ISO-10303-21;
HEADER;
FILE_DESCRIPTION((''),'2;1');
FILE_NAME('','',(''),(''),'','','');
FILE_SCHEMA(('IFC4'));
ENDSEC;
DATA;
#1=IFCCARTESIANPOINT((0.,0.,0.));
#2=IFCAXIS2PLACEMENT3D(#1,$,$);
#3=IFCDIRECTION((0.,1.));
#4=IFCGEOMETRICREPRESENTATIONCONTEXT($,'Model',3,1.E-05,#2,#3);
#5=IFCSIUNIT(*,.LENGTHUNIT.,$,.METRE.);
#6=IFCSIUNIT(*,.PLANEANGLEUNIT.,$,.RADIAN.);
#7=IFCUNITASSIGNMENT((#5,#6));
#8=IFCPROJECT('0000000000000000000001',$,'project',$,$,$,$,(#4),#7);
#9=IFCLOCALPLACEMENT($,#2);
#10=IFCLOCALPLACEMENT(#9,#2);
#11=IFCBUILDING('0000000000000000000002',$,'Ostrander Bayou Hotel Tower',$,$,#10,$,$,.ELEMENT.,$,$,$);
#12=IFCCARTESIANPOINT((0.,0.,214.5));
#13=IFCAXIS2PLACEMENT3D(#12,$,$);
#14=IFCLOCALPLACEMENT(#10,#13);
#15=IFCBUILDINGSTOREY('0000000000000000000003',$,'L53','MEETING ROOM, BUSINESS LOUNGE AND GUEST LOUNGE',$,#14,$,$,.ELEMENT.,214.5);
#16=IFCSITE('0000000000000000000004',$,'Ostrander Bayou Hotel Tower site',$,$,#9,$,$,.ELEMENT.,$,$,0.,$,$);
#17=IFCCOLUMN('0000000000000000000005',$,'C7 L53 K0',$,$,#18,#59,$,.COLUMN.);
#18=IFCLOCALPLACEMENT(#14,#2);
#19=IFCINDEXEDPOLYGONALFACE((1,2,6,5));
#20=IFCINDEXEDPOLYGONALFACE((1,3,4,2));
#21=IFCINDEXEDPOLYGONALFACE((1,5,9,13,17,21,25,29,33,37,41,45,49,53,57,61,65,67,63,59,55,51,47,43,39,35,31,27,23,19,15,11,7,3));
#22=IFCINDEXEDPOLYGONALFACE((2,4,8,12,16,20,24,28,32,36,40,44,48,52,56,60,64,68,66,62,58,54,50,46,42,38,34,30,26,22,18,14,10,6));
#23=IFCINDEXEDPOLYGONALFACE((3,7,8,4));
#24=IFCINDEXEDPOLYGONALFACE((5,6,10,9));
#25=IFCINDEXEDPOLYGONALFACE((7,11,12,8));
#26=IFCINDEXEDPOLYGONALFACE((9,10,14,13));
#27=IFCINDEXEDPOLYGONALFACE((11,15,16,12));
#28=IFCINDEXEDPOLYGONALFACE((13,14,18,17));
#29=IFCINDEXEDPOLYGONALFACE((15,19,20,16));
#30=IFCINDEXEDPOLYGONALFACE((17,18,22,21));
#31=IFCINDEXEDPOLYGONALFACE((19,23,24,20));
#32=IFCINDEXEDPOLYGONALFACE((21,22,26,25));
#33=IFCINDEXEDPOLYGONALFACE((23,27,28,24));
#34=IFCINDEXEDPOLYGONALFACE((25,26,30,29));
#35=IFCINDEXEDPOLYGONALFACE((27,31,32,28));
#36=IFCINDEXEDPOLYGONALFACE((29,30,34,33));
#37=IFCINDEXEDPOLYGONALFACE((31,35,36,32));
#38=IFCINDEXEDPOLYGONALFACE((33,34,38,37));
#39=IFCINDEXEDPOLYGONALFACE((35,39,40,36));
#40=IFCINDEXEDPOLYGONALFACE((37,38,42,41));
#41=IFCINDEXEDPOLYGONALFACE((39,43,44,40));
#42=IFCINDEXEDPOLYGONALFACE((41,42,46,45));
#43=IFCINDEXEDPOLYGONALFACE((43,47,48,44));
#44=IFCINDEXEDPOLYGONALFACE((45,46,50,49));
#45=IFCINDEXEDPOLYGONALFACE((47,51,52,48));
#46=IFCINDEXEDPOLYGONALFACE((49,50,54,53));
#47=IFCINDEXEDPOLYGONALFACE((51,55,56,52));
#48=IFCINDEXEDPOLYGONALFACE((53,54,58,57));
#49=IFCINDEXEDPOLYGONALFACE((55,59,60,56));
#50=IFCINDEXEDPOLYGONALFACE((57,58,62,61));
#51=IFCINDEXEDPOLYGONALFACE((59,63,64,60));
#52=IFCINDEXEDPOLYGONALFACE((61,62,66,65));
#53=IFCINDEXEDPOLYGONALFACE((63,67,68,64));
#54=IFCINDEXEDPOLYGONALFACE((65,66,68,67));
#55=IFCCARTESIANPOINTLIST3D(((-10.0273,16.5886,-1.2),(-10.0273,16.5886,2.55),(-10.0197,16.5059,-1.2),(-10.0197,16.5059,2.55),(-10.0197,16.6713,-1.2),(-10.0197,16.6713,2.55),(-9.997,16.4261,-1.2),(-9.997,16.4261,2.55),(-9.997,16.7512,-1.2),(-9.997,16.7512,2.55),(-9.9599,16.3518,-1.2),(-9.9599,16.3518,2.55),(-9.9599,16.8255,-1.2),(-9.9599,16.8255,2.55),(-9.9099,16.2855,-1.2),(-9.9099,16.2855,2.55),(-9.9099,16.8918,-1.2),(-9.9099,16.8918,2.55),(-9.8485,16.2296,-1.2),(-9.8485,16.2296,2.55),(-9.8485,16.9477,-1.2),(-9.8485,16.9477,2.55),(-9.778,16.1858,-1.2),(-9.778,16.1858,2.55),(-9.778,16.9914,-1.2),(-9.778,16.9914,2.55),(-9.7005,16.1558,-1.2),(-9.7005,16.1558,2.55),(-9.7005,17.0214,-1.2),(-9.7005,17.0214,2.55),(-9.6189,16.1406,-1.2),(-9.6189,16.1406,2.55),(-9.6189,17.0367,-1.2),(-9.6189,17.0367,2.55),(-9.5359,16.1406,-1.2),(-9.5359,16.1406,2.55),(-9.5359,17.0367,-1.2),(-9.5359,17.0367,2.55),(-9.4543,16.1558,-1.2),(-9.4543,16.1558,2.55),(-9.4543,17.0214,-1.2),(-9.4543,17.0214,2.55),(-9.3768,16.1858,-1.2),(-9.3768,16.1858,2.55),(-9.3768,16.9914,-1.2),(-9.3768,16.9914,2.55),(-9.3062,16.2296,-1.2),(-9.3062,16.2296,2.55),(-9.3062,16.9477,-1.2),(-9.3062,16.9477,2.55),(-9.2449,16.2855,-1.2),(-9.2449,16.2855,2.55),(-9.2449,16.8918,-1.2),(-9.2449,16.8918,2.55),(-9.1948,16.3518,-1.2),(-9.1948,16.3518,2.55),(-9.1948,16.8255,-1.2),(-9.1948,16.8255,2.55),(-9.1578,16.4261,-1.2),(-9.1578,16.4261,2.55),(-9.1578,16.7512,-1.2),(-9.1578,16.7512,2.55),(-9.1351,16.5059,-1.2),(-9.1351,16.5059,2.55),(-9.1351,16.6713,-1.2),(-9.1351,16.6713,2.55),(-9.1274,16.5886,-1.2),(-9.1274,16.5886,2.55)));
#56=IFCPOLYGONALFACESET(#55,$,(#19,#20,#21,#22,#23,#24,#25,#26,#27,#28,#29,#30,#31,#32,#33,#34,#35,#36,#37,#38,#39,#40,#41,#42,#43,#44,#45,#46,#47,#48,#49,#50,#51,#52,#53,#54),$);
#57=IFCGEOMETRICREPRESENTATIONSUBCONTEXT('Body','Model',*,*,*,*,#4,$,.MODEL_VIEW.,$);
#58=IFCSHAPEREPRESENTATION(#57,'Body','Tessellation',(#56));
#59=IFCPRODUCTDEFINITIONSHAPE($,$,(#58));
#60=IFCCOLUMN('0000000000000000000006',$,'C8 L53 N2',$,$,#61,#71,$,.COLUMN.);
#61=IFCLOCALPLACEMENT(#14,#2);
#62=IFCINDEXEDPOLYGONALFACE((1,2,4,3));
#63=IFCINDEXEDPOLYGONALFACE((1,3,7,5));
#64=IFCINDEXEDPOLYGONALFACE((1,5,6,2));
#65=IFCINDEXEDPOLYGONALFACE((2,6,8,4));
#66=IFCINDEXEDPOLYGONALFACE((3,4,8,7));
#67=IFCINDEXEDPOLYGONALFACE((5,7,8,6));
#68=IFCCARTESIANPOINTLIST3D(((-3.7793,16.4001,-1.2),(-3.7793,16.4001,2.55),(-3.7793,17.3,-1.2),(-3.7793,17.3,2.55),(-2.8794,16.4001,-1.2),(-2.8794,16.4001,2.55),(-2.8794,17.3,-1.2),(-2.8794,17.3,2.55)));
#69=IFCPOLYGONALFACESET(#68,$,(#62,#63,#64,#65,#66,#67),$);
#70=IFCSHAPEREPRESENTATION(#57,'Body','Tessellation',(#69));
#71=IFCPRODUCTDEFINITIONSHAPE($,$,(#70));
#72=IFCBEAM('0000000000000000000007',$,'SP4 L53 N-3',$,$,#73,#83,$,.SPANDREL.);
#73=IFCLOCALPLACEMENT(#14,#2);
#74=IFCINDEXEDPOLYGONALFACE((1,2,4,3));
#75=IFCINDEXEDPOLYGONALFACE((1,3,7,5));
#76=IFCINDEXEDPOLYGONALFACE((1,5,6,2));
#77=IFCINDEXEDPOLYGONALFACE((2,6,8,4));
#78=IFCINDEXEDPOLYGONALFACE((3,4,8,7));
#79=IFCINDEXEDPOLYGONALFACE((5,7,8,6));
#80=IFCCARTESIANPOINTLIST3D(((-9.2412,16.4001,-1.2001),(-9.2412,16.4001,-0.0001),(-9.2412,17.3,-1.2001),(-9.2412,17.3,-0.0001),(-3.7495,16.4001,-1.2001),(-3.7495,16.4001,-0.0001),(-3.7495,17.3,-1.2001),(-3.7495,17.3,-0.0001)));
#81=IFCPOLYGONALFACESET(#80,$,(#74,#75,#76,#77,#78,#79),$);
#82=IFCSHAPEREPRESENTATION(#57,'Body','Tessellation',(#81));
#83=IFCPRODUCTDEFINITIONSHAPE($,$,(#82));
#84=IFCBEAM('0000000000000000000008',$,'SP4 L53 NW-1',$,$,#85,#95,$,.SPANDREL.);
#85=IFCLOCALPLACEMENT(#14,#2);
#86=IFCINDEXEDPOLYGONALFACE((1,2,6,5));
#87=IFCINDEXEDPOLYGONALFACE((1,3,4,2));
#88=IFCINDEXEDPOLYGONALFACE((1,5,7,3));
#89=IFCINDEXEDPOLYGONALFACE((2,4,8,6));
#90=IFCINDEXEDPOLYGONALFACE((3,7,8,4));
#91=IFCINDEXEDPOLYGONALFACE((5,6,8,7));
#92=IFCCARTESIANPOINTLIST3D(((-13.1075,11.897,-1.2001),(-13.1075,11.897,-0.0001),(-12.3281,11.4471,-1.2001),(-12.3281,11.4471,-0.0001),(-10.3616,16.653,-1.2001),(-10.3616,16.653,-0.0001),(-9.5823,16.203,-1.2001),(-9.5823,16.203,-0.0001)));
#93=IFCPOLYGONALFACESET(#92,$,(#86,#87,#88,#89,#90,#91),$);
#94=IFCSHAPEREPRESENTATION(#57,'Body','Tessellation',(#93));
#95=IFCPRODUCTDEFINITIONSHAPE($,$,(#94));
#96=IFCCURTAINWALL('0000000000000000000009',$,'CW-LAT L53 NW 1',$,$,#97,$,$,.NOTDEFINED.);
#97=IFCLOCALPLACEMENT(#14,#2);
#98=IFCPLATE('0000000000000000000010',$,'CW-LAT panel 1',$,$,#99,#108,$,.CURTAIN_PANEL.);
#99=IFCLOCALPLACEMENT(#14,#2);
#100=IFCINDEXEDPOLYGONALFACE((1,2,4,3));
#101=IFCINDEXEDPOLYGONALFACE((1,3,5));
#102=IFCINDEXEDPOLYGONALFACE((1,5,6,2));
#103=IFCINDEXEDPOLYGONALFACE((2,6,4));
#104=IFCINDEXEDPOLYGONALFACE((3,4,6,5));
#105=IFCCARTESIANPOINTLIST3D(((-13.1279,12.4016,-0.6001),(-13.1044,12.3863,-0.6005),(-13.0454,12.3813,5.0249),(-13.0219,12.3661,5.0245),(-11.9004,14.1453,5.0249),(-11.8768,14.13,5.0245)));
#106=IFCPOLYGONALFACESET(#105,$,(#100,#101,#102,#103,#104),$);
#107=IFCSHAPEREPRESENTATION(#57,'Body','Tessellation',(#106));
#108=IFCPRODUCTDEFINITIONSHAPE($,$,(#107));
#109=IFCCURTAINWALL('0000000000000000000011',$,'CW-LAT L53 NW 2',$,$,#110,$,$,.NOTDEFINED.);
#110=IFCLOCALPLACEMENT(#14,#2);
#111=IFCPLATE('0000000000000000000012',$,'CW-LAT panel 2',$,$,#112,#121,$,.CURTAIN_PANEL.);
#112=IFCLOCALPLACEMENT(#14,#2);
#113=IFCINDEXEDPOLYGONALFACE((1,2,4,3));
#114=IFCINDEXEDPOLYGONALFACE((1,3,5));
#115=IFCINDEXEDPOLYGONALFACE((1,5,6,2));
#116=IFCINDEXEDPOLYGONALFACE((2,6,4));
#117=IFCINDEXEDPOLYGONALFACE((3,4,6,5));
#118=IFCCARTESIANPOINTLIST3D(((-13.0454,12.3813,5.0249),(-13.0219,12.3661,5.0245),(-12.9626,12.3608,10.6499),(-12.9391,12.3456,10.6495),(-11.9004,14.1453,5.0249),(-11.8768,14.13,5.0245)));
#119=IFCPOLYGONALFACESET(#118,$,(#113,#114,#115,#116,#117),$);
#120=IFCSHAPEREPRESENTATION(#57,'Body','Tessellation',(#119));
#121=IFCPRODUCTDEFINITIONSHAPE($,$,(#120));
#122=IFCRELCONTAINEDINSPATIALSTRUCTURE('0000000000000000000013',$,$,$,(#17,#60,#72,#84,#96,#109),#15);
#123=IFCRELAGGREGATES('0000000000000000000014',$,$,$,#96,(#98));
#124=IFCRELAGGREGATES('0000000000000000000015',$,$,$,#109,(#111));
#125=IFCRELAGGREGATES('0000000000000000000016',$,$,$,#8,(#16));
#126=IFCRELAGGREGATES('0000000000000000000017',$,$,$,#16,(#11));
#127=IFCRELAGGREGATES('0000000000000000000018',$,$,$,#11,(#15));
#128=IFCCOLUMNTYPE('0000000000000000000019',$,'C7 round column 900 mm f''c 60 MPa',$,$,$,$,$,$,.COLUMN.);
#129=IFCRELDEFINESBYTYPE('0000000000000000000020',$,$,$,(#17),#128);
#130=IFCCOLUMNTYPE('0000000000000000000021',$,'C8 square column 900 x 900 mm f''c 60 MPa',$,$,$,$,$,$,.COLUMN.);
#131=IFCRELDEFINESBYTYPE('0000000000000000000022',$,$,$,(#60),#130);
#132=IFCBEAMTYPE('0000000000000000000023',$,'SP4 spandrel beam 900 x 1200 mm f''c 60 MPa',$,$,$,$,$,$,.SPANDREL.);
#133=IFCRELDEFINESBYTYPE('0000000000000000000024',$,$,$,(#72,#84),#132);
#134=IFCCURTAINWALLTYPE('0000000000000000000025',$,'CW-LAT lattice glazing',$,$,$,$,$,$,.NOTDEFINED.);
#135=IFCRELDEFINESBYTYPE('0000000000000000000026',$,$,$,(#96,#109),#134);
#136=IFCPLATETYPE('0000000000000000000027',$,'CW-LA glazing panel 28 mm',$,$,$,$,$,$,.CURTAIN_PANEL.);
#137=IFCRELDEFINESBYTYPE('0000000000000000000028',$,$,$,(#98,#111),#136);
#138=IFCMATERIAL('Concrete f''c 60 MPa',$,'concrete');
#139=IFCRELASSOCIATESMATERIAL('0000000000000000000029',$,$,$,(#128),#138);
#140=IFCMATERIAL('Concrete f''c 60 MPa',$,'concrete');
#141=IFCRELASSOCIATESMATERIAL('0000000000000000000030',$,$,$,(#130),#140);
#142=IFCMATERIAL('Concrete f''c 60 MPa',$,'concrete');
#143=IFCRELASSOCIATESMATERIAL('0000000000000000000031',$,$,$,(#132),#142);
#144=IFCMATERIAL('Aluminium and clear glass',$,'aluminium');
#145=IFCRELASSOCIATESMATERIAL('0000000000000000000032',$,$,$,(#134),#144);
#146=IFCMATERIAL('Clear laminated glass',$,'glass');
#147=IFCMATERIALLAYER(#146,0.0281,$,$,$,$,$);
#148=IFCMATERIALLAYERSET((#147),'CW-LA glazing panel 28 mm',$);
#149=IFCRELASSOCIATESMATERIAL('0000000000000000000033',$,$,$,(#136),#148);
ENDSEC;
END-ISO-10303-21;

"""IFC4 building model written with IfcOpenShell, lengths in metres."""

from ifc_helpers import new_model, si_unit, direction, frame, origin, origin_2d, place, context, subcontext, project, spatial, polyline, rectangle, circle, outline, extrude, material, layer, layer_set, material_profile, profile_set, type_object, element, aggregate, save


model = new_model("IFC4")

# Units and contexts
model_context = context("Model", 3, precision=1e-05, world=origin(), true_north=direction((0.0, 1.0)))
body_context = subcontext(model_context, "Body", "Model", "MODEL_VIEW")
ifc_project = project(units=[si_unit("LENGTHUNIT", "METRE"), si_unit("PLANEANGLEUNIT", "RADIAN")], contexts=[model_context])

# Site, building, storey
site_placement = place(None, origin())
site = spatial("IfcSite", under=ifc_project, at=site_placement, Name="Ostrander Bayou Hotel Tower site", CompositionType="ELEMENT", RefElevation=0.0)
building_placement = place(site_placement, origin())
building = spatial("IfcBuilding", under=site, at=building_placement, Name="Ostrander Bayou Hotel Tower", CompositionType="ELEMENT")
storey_placement = place(building_placement, frame((0.0, 0.0, 214.5)))
storey = spatial("IfcBuildingStorey", under=building, at=storey_placement, Name="L53", Description="MEETING ROOM, BUSINESS LOUNGE AND GUEST LOUNGE", CompositionType="ELEMENT", Elevation=214.5)

# Columns
ifc_material_1 = material(Name="Concrete f'c 60 MPa", Category="concrete")
ifc_material_profile_1 = material_profile(ifc_material_1, circle(Radius=0.45, at=origin_2d()))
ifc_profile_set_1 = profile_set([ifc_material_profile_1], Name="Concrete f'c 60 MPa")
column_type_1 = type_object("IfcColumnType", Name="C7 round column 900 mm f'c 60 MPa", PredefinedType="COLUMN", material=ifc_profile_set_1)
column_1_placement = place(storey_placement, frame((-9.5774, 16.5886, -1.2), z_axis=(0.0, 0.0, 1.0), x_axis=(1.0, 0.0, 0.0)))
element("IfcColumn", 1, at=column_1_placement, inside=storey, type_object=column_type_1, Name="C7 L53 K0", PredefinedType="COLUMN", context=body_context, shape_type="SweptSolid", body=[
    extrude(circle(Radius=0.45, at=origin_2d()), origin(), (0.0, 0.0, 1.0), 3.75),
])
ifc_material_2 = material(Name="Concrete f'c 60 MPa", Category="concrete")
ifc_material_profile_2 = material_profile(ifc_material_2, rectangle(XDim=0.8999, YDim=0.8999, at=origin_2d()))
ifc_profile_set_2 = profile_set([ifc_material_profile_2], Name="Concrete f'c 60 MPa")
column_type_2 = type_object("IfcColumnType", Name="C8 square column 900 x 900 mm f'c 60 MPa", PredefinedType="COLUMN", material=ifc_profile_set_2)
column_2_placement = place(storey_placement, frame((-3.3293, 16.8501, -1.2), z_axis=(0.0, 0.0, 1.0), x_axis=(1.0, 0.0, 0.0)))
element("IfcColumn", 2, at=column_2_placement, inside=storey, type_object=column_type_2, Name="C8 L53 N2", PredefinedType="COLUMN", context=body_context, shape_type="SweptSolid", body=[
    extrude(rectangle(XDim=0.8999, YDim=0.8999, at=origin_2d()), origin(), (0.0, 0.0, 1.0), 3.75),
])

# Beams
ifc_material_3 = material(Name="Concrete f'c 60 MPa", Category="concrete")
ifc_material_profile_3 = material_profile(ifc_material_3, rectangle(XDim=0.8999, YDim=1.2, at=origin_2d()))
ifc_profile_set_3 = profile_set([ifc_material_profile_3], Name="Concrete f'c 60 MPa")
beam_type = type_object("IfcBeamType", Name="SP4 spandrel beam 900 x 1200 mm f'c 60 MPa", PredefinedType="SPANDREL", material=ifc_profile_set_3)
for number, where, z_axis, x_axis, name in (
    (3, (-3.7495, 16.8501, -0.6001), (-1.0, 0.0, 0.0), (0.0, -1.0, 0.0), "SP4 L53 N-3"),
    (4, (-9.9719, 16.428, -0.6001), (-0.500007, -0.866021, 0.0), (0.866021, -0.500007, 0.0), "SP4 L53 NW-1"),
):
    element("IfcBeam", number, at=place(storey_placement, frame(where, z_axis=z_axis, x_axis=x_axis)), inside=storey, type_object=beam_type, Name=name, PredefinedType="SPANDREL", context=body_context, shape_type="SweptSolid", body=[
        extrude(rectangle(XDim=0.8999, YDim=1.2, at=origin_2d()), origin(), (0.0, 0.0, 1.0), 5.4917),
    ])

# Curtain walls, plates
ifc_material_4 = material(Name="Aluminium and clear glass", Category="aluminium")
curtain_wall_type = type_object("IfcCurtainWallType", Name="CW-LAT lattice glazing", PredefinedType="NOTDEFINED", material=ifc_material_4)
curtain_wall_1_placement = place(storey_placement, origin())
curtain_wall_1 = element("IfcCurtainWall", 5, at=curtain_wall_1_placement, inside=storey, type_object=curtain_wall_type, Name="CW-LAT L53 NW 1", PredefinedType="NOTDEFINED")
ifc_material_5 = material(Name="Clear laminated glass", Category="glass")
ifc_layer_1 = layer(ifc_material_5, 0.0281)
ifc_layer_set_1 = layer_set([ifc_layer_1], Name="CW-LA glazing panel 28 mm")
plate_type = type_object("IfcPlateType", Name="CW-LA glazing panel 28 mm", PredefinedType="CURTAIN_PANEL", material=ifc_layer_set_1)
plate_1_placement = place(storey_placement, frame((-11.9004, 14.1453, 5.0249), z_axis=(-0.83869, 0.544423, 0.014265), x_axis=(-0.204058, -0.289854, -0.935064)))
plate_1 = element("IfcPlate", 6, at=plate_1_placement, type_object=plate_type, Name="CW-LAT panel 1", PredefinedType="CURTAIN_PANEL", context=body_context, shape_type="SweptSolid", body=[
    extrude(outline(polyline([(0.0, 0.0), (6.0156, 0.0), (0.7449, 1.9666), (0.0, 0.0)])), origin(), (0.0, 0.0, -1.0), 0.0281),
])
aggregate(curtain_wall_1, [plate_1])
curtain_wall_2_placement = place(storey_placement, origin())
curtain_wall_2 = element("IfcCurtainWall", 7, at=curtain_wall_2_placement, inside=storey, type_object=curtain_wall_type, Name="CW-LAT L53 NW 2", PredefinedType="NOTDEFINED")
plate_2_placement = place(storey_placement, frame((-11.9004, 14.1453, 5.0249), z_axis=(-0.838689, 0.544422, 0.014325), x_axis=(-0.177158, -0.297598, 0.93811)))
plate_2 = element("IfcPlate", 8, at=plate_2_placement, type_object=plate_type, Name="CW-LAT panel 2", PredefinedType="CURTAIN_PANEL", context=body_context, shape_type="SweptSolid", body=[
    extrude(outline(polyline([(0.0, 0.0), (5.9961, 0.0), (0.7278, -1.973), (0.0, 0.0)])), origin(), (0.0, 0.0, -1.0), 0.0281),
])
aggregate(curtain_wall_2, [plate_2])

save(model, "model.ifc")
